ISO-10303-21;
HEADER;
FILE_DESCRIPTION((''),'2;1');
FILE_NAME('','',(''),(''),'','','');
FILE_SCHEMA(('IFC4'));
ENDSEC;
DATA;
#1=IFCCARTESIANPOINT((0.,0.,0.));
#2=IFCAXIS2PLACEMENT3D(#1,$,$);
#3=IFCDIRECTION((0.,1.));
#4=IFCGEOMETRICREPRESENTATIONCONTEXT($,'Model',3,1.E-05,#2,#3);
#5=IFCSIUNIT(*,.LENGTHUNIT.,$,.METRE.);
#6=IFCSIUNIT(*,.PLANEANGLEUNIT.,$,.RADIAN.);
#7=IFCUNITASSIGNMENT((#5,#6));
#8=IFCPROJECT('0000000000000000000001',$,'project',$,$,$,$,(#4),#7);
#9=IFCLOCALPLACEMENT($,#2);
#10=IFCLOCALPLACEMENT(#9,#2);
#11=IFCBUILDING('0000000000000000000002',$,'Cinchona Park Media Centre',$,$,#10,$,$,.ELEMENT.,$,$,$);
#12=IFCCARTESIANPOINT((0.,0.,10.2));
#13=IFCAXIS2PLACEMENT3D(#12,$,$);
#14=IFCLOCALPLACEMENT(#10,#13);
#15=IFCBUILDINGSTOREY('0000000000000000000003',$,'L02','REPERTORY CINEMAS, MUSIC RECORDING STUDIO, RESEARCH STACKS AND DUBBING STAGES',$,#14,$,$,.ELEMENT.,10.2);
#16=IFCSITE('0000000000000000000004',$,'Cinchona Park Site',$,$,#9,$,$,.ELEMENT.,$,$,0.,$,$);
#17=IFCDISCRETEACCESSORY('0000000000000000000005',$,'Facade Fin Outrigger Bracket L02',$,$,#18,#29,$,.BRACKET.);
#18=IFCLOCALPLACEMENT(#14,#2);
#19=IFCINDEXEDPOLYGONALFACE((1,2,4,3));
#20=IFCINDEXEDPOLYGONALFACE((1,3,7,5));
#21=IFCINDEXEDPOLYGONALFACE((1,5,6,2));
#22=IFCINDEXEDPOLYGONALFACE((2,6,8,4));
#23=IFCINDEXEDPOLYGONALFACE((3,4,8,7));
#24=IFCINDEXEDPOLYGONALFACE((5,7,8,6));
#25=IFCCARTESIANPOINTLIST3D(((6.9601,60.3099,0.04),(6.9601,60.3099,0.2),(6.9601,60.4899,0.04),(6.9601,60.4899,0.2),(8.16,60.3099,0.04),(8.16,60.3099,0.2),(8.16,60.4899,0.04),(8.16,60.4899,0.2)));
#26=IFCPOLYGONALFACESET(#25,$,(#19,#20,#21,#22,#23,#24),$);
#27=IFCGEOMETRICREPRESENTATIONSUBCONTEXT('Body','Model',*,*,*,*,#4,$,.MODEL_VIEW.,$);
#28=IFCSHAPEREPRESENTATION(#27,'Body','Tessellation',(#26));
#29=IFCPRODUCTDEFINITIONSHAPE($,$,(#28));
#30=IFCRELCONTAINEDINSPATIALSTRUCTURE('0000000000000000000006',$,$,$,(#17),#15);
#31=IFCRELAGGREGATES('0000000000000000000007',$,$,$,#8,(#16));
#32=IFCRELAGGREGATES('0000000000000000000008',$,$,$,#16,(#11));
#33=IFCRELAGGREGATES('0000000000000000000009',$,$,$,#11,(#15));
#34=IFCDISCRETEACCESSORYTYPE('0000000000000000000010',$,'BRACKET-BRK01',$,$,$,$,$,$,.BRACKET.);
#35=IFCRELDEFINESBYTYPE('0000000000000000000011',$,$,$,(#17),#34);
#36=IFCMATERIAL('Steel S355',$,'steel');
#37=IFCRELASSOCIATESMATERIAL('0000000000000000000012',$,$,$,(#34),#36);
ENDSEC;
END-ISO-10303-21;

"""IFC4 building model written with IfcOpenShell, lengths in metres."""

from ifc_helpers import new_model, si_unit, direction, frame, origin, origin_2d, place, context, subcontext, project, spatial, rectangle, extrude, material, type_object, element, save


model = new_model("IFC4")

# Units and contexts
model_context = context("Model", 3, precision=1e-05, world=origin(), true_north=direction((0.0, 1.0)))
body_context = subcontext(model_context, "Body", "Model", "MODEL_VIEW")
ifc_project = project(units=[si_unit("LENGTHUNIT", "METRE"), si_unit("PLANEANGLEUNIT", "RADIAN")], contexts=[model_context])

# Site, building, storey
site_placement = place(None, origin())
site = spatial("IfcSite", under=ifc_project, at=site_placement, Name="Cinchona Park Site", CompositionType="ELEMENT", RefElevation=0.0)
building_placement = place(site_placement, origin())
building = spatial("IfcBuilding", under=site, at=building_placement, Name="Cinchona Park Media Centre", CompositionType="ELEMENT")
storey_placement = place(building_placement, frame((0.0, 0.0, 10.2)))
storey = spatial("IfcBuildingStorey", under=building, at=storey_placement, Name="L02", Description="REPERTORY CINEMAS, MUSIC RECORDING STUDIO, RESEARCH STACKS AND DUBBING STAGES", CompositionType="ELEMENT", Elevation=10.2)

# Discrete accessory
ifc_material_1 = material(Name="Steel S355", Category="steel")
discrete_accessory_type = type_object("IfcDiscreteAccessoryType", Name="BRACKET-BRK01", PredefinedType="BRACKET", material=ifc_material_1)
discrete_accessory_1_placement = place(storey_placement, frame((7.5601, 60.3999, 0.04), z_axis=(0.0, 0.0, 1.0), x_axis=(0.0, -1.0, 0.0)))
element("IfcDiscreteAccessory", 1, at=discrete_accessory_1_placement, inside=storey, type_object=discrete_accessory_type, Name="Facade Fin Outrigger Bracket L02", PredefinedType="BRACKET", context=body_context, shape_type="SweptSolid", body=[
    extrude(rectangle(XDim=0.1799, YDim=1.2, at=origin_2d()), origin(), (0.0, 0.0, 1.0), 0.1599),
])

save(model, "model.ifc")
